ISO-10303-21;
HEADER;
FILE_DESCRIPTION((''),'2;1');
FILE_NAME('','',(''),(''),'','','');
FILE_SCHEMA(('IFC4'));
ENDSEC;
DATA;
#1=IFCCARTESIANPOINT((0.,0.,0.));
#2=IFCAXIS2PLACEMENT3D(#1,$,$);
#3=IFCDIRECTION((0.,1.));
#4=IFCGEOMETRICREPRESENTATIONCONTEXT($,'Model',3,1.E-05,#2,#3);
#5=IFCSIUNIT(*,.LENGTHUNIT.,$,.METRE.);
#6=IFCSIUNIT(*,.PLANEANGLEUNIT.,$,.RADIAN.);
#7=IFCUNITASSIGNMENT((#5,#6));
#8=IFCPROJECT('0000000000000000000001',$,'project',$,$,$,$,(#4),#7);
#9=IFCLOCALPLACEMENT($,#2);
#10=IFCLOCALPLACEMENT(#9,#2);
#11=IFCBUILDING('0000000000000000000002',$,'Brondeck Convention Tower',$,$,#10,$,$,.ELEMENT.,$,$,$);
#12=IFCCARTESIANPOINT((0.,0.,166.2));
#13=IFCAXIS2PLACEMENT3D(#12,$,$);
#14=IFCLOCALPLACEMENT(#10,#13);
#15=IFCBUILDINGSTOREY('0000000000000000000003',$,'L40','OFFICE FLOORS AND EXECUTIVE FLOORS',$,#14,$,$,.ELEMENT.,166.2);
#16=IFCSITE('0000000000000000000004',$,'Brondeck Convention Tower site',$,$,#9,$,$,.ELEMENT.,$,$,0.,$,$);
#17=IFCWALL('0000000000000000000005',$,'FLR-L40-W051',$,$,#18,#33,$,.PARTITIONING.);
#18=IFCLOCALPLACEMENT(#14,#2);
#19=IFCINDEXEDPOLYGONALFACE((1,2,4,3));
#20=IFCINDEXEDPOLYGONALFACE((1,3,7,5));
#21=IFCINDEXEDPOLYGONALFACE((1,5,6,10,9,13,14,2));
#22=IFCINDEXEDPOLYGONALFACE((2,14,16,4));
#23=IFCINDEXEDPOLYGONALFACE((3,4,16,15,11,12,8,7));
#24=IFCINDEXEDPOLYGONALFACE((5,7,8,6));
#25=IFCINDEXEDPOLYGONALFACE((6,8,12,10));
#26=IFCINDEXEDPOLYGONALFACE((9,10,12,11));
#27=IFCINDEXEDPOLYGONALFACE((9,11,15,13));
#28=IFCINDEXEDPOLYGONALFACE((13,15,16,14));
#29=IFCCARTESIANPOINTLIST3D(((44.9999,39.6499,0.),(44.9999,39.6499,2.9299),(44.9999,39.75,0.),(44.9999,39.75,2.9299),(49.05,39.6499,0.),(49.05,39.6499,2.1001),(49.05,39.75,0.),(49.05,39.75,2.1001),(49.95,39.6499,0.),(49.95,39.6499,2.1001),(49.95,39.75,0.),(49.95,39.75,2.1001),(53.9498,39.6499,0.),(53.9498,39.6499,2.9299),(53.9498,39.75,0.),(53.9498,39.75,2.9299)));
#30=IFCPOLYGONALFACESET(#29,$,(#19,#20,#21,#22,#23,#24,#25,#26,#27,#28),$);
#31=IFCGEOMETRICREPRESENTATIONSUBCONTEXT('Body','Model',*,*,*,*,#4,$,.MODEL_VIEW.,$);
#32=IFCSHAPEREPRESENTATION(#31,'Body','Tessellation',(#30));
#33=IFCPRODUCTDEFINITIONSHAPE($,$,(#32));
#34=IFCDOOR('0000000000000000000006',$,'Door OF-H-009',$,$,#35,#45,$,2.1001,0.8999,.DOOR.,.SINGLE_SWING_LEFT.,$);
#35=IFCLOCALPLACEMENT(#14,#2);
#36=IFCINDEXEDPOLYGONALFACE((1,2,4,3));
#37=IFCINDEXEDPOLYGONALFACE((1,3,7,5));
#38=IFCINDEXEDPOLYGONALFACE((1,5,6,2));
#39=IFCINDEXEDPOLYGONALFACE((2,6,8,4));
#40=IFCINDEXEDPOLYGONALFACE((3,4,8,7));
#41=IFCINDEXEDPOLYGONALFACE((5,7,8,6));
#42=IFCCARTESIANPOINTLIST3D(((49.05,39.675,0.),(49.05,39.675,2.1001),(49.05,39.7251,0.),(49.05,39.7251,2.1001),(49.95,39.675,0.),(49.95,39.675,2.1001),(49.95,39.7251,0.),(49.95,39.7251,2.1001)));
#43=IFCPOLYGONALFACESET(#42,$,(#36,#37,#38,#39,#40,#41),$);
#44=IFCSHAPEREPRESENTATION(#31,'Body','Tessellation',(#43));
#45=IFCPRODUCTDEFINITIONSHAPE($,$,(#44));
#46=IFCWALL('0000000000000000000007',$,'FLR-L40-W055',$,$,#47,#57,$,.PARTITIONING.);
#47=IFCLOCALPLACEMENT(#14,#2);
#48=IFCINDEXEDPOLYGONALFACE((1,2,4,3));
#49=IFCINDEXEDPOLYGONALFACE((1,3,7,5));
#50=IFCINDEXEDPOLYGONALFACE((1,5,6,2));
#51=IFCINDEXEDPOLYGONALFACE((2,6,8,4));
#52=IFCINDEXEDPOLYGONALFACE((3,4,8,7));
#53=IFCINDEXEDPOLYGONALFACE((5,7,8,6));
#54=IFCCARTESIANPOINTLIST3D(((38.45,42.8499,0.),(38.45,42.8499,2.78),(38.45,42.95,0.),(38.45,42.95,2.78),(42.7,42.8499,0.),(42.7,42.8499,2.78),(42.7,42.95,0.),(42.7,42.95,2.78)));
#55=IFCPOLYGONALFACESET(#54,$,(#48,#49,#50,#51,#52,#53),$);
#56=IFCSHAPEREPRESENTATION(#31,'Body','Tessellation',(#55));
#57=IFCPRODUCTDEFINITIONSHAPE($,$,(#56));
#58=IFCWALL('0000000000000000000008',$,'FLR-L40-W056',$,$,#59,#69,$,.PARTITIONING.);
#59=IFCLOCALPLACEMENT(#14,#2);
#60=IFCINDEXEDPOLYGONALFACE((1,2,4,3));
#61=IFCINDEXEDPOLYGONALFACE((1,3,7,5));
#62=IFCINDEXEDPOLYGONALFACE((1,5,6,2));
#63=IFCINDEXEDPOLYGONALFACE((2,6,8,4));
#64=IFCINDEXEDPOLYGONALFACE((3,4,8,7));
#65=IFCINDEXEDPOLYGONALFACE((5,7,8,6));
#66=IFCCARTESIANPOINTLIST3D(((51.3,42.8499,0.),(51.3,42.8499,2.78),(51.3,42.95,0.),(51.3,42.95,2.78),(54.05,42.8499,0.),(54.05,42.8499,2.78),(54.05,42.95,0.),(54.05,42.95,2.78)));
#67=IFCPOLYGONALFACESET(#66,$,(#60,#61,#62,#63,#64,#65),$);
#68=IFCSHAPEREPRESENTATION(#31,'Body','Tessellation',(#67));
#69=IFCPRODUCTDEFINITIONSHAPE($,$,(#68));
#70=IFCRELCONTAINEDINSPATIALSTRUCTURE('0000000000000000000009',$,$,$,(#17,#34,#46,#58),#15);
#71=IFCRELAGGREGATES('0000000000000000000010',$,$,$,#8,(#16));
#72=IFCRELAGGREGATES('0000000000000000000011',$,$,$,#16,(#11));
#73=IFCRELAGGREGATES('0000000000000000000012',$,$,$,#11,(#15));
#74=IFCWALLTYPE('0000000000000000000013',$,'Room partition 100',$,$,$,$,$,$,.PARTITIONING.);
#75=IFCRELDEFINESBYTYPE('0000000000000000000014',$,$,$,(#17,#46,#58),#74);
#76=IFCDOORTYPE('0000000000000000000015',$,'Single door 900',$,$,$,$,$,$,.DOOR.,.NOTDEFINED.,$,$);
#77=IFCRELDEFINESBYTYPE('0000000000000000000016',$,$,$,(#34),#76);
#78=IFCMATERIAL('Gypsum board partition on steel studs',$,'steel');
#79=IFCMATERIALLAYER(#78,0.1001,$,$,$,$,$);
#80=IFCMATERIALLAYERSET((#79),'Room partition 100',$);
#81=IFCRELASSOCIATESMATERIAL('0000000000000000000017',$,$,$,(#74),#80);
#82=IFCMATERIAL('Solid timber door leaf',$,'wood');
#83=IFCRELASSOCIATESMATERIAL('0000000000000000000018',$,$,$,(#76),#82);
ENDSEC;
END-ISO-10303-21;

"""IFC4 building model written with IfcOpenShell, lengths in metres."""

from ifc_helpers import new_model, si_unit, direction, frame, frame_2d, origin, place, context, subcontext, project, spatial, rectangle, extrude, material, layer, layer_set, type_object, element, fill, save


model = new_model("IFC4")

# Units and contexts
model_context = context("Model", 3, precision=1e-05, world=origin(), true_north=direction((0.0, 1.0)))
body_context = subcontext(model_context, "Body", "Model", "MODEL_VIEW")
ifc_project = project(units=[si_unit("LENGTHUNIT", "METRE"), si_unit("PLANEANGLEUNIT", "RADIAN")], contexts=[model_context])

# Site, building, storey
site_placement = place(None, origin())
site = spatial("IfcSite", under=ifc_project, at=site_placement, Name="Brondeck Convention Tower site", CompositionType="ELEMENT", RefElevation=0.0)
building_placement = place(site_placement, origin())
building = spatial("IfcBuilding", under=site, at=building_placement, Name="Brondeck Convention Tower", CompositionType="ELEMENT")
storey_placement = place(building_placement, frame((0.0, 0.0, 166.2)))
storey = spatial("IfcBuildingStorey", under=building, at=storey_placement, Name="L40", Description="OFFICE FLOORS AND EXECUTIVE FLOORS", CompositionType="ELEMENT", Elevation=166.2)

# Shared definitions
ifc_material_1 = material(Name="Gypsum board partition on steel studs", Category="steel")
ifc_layer_1 = layer(ifc_material_1, 0.1001)
ifc_layer_set_1 = layer_set([ifc_layer_1], Name="Room partition 100")
wall_type_1 = type_object("IfcWallType", Name="Room partition 100", PredefinedType="PARTITIONING", material=ifc_layer_set_1)

# Shared definitions
ifc_material_2 = material(Name="Solid timber door leaf", Category="wood")
door_type = type_object("IfcDoorType", Name="Single door 900", OperationType="NOTDEFINED", PredefinedType="DOOR", material=ifc_material_2)

# Wall, opening, door
wall_1_placement = place(storey_placement, frame((53.95, 39.7, 0.0), z_axis=(0.0, 0.0, 1.0), x_axis=(-1.0, 0.0, 0.0)))
wall_1 = element("IfcWall", 1, at=wall_1_placement, inside=storey, type_object=wall_type_1, Name="FLR-L40-W051", PredefinedType="PARTITIONING", context=body_context, shape_type="SweptSolid", body=[
    extrude(rectangle(XDim=8.95, YDim=0.1001, at=frame_2d((4.4751, 0.0))), origin(), (0.0, 0.0, 1.0), 2.9299),
])
opening_1_placement = place(wall_1_placement, frame((4.0, 0.0, 0.0)))
opening_1 = element("IfcOpeningElement", 2, at=opening_1_placement, cuts=wall_1, PredefinedType="OPENING", context=body_context, shape_type="SweptSolid", body=[
    extrude(rectangle(XDim=0.8999, YDim=2.1001, at=frame_2d((0.45, 1.05))), frame((0.0, 0.0601, 0.0), z_axis=(0.0, -1.0, 0.0), x_axis=(1.0, 0.0, 0.0)), (0.0, 0.0, 1.0), 0.1201),
])
door_1_placement = place(opening_1_placement, origin())
door_1 = element("IfcDoor", 3, at=door_1_placement, inside=storey, type_object=door_type, Name="Door OF-H-009", OperationType="SINGLE_SWING_LEFT", OverallHeight=2.1001, OverallWidth=0.8999, PredefinedType="DOOR", context=body_context, shape_type="SweptSolid", body=[
    extrude(rectangle(XDim=0.8999, YDim=2.1001, at=frame_2d((0.45, 1.05))), frame((0.0, 0.0249, 0.0), z_axis=(0.0, -1.0, 0.0), x_axis=(1.0, 0.0, 0.0)), (0.0, 0.0, 1.0), 0.05),
])
fill(opening_1, door_1)

# Walls
wall_2_placement = place(storey_placement, frame((38.45, 42.8999, 0.0), z_axis=(0.0, 0.0, 1.0), x_axis=(1.0, 0.0, 0.0)))
element("IfcWall", 4, at=wall_2_placement, inside=storey, type_object=wall_type_1, Name="FLR-L40-W055", PredefinedType="PARTITIONING", context=body_context, shape_type="SweptSolid", body=[
    extrude(rectangle(XDim=4.25, YDim=0.1001, at=frame_2d((2.125, 0.0))), origin(), (0.0, 0.0, 1.0), 2.78),
])
wall_3_placement = place(storey_placement, frame((51.3, 42.8999, 0.0), z_axis=(0.0, 0.0, 1.0), x_axis=(1.0, 0.0, 0.0)))
element("IfcWall", 5, at=wall_3_placement, inside=storey, type_object=wall_type_1, Name="FLR-L40-W056", PredefinedType="PARTITIONING", context=body_context, shape_type="SweptSolid", body=[
    extrude(rectangle(XDim=2.75, YDim=0.1001, at=frame_2d((1.375, 0.0))), origin(), (0.0, 0.0, 1.0), 2.78),
])

save(model, "model.ifc")
